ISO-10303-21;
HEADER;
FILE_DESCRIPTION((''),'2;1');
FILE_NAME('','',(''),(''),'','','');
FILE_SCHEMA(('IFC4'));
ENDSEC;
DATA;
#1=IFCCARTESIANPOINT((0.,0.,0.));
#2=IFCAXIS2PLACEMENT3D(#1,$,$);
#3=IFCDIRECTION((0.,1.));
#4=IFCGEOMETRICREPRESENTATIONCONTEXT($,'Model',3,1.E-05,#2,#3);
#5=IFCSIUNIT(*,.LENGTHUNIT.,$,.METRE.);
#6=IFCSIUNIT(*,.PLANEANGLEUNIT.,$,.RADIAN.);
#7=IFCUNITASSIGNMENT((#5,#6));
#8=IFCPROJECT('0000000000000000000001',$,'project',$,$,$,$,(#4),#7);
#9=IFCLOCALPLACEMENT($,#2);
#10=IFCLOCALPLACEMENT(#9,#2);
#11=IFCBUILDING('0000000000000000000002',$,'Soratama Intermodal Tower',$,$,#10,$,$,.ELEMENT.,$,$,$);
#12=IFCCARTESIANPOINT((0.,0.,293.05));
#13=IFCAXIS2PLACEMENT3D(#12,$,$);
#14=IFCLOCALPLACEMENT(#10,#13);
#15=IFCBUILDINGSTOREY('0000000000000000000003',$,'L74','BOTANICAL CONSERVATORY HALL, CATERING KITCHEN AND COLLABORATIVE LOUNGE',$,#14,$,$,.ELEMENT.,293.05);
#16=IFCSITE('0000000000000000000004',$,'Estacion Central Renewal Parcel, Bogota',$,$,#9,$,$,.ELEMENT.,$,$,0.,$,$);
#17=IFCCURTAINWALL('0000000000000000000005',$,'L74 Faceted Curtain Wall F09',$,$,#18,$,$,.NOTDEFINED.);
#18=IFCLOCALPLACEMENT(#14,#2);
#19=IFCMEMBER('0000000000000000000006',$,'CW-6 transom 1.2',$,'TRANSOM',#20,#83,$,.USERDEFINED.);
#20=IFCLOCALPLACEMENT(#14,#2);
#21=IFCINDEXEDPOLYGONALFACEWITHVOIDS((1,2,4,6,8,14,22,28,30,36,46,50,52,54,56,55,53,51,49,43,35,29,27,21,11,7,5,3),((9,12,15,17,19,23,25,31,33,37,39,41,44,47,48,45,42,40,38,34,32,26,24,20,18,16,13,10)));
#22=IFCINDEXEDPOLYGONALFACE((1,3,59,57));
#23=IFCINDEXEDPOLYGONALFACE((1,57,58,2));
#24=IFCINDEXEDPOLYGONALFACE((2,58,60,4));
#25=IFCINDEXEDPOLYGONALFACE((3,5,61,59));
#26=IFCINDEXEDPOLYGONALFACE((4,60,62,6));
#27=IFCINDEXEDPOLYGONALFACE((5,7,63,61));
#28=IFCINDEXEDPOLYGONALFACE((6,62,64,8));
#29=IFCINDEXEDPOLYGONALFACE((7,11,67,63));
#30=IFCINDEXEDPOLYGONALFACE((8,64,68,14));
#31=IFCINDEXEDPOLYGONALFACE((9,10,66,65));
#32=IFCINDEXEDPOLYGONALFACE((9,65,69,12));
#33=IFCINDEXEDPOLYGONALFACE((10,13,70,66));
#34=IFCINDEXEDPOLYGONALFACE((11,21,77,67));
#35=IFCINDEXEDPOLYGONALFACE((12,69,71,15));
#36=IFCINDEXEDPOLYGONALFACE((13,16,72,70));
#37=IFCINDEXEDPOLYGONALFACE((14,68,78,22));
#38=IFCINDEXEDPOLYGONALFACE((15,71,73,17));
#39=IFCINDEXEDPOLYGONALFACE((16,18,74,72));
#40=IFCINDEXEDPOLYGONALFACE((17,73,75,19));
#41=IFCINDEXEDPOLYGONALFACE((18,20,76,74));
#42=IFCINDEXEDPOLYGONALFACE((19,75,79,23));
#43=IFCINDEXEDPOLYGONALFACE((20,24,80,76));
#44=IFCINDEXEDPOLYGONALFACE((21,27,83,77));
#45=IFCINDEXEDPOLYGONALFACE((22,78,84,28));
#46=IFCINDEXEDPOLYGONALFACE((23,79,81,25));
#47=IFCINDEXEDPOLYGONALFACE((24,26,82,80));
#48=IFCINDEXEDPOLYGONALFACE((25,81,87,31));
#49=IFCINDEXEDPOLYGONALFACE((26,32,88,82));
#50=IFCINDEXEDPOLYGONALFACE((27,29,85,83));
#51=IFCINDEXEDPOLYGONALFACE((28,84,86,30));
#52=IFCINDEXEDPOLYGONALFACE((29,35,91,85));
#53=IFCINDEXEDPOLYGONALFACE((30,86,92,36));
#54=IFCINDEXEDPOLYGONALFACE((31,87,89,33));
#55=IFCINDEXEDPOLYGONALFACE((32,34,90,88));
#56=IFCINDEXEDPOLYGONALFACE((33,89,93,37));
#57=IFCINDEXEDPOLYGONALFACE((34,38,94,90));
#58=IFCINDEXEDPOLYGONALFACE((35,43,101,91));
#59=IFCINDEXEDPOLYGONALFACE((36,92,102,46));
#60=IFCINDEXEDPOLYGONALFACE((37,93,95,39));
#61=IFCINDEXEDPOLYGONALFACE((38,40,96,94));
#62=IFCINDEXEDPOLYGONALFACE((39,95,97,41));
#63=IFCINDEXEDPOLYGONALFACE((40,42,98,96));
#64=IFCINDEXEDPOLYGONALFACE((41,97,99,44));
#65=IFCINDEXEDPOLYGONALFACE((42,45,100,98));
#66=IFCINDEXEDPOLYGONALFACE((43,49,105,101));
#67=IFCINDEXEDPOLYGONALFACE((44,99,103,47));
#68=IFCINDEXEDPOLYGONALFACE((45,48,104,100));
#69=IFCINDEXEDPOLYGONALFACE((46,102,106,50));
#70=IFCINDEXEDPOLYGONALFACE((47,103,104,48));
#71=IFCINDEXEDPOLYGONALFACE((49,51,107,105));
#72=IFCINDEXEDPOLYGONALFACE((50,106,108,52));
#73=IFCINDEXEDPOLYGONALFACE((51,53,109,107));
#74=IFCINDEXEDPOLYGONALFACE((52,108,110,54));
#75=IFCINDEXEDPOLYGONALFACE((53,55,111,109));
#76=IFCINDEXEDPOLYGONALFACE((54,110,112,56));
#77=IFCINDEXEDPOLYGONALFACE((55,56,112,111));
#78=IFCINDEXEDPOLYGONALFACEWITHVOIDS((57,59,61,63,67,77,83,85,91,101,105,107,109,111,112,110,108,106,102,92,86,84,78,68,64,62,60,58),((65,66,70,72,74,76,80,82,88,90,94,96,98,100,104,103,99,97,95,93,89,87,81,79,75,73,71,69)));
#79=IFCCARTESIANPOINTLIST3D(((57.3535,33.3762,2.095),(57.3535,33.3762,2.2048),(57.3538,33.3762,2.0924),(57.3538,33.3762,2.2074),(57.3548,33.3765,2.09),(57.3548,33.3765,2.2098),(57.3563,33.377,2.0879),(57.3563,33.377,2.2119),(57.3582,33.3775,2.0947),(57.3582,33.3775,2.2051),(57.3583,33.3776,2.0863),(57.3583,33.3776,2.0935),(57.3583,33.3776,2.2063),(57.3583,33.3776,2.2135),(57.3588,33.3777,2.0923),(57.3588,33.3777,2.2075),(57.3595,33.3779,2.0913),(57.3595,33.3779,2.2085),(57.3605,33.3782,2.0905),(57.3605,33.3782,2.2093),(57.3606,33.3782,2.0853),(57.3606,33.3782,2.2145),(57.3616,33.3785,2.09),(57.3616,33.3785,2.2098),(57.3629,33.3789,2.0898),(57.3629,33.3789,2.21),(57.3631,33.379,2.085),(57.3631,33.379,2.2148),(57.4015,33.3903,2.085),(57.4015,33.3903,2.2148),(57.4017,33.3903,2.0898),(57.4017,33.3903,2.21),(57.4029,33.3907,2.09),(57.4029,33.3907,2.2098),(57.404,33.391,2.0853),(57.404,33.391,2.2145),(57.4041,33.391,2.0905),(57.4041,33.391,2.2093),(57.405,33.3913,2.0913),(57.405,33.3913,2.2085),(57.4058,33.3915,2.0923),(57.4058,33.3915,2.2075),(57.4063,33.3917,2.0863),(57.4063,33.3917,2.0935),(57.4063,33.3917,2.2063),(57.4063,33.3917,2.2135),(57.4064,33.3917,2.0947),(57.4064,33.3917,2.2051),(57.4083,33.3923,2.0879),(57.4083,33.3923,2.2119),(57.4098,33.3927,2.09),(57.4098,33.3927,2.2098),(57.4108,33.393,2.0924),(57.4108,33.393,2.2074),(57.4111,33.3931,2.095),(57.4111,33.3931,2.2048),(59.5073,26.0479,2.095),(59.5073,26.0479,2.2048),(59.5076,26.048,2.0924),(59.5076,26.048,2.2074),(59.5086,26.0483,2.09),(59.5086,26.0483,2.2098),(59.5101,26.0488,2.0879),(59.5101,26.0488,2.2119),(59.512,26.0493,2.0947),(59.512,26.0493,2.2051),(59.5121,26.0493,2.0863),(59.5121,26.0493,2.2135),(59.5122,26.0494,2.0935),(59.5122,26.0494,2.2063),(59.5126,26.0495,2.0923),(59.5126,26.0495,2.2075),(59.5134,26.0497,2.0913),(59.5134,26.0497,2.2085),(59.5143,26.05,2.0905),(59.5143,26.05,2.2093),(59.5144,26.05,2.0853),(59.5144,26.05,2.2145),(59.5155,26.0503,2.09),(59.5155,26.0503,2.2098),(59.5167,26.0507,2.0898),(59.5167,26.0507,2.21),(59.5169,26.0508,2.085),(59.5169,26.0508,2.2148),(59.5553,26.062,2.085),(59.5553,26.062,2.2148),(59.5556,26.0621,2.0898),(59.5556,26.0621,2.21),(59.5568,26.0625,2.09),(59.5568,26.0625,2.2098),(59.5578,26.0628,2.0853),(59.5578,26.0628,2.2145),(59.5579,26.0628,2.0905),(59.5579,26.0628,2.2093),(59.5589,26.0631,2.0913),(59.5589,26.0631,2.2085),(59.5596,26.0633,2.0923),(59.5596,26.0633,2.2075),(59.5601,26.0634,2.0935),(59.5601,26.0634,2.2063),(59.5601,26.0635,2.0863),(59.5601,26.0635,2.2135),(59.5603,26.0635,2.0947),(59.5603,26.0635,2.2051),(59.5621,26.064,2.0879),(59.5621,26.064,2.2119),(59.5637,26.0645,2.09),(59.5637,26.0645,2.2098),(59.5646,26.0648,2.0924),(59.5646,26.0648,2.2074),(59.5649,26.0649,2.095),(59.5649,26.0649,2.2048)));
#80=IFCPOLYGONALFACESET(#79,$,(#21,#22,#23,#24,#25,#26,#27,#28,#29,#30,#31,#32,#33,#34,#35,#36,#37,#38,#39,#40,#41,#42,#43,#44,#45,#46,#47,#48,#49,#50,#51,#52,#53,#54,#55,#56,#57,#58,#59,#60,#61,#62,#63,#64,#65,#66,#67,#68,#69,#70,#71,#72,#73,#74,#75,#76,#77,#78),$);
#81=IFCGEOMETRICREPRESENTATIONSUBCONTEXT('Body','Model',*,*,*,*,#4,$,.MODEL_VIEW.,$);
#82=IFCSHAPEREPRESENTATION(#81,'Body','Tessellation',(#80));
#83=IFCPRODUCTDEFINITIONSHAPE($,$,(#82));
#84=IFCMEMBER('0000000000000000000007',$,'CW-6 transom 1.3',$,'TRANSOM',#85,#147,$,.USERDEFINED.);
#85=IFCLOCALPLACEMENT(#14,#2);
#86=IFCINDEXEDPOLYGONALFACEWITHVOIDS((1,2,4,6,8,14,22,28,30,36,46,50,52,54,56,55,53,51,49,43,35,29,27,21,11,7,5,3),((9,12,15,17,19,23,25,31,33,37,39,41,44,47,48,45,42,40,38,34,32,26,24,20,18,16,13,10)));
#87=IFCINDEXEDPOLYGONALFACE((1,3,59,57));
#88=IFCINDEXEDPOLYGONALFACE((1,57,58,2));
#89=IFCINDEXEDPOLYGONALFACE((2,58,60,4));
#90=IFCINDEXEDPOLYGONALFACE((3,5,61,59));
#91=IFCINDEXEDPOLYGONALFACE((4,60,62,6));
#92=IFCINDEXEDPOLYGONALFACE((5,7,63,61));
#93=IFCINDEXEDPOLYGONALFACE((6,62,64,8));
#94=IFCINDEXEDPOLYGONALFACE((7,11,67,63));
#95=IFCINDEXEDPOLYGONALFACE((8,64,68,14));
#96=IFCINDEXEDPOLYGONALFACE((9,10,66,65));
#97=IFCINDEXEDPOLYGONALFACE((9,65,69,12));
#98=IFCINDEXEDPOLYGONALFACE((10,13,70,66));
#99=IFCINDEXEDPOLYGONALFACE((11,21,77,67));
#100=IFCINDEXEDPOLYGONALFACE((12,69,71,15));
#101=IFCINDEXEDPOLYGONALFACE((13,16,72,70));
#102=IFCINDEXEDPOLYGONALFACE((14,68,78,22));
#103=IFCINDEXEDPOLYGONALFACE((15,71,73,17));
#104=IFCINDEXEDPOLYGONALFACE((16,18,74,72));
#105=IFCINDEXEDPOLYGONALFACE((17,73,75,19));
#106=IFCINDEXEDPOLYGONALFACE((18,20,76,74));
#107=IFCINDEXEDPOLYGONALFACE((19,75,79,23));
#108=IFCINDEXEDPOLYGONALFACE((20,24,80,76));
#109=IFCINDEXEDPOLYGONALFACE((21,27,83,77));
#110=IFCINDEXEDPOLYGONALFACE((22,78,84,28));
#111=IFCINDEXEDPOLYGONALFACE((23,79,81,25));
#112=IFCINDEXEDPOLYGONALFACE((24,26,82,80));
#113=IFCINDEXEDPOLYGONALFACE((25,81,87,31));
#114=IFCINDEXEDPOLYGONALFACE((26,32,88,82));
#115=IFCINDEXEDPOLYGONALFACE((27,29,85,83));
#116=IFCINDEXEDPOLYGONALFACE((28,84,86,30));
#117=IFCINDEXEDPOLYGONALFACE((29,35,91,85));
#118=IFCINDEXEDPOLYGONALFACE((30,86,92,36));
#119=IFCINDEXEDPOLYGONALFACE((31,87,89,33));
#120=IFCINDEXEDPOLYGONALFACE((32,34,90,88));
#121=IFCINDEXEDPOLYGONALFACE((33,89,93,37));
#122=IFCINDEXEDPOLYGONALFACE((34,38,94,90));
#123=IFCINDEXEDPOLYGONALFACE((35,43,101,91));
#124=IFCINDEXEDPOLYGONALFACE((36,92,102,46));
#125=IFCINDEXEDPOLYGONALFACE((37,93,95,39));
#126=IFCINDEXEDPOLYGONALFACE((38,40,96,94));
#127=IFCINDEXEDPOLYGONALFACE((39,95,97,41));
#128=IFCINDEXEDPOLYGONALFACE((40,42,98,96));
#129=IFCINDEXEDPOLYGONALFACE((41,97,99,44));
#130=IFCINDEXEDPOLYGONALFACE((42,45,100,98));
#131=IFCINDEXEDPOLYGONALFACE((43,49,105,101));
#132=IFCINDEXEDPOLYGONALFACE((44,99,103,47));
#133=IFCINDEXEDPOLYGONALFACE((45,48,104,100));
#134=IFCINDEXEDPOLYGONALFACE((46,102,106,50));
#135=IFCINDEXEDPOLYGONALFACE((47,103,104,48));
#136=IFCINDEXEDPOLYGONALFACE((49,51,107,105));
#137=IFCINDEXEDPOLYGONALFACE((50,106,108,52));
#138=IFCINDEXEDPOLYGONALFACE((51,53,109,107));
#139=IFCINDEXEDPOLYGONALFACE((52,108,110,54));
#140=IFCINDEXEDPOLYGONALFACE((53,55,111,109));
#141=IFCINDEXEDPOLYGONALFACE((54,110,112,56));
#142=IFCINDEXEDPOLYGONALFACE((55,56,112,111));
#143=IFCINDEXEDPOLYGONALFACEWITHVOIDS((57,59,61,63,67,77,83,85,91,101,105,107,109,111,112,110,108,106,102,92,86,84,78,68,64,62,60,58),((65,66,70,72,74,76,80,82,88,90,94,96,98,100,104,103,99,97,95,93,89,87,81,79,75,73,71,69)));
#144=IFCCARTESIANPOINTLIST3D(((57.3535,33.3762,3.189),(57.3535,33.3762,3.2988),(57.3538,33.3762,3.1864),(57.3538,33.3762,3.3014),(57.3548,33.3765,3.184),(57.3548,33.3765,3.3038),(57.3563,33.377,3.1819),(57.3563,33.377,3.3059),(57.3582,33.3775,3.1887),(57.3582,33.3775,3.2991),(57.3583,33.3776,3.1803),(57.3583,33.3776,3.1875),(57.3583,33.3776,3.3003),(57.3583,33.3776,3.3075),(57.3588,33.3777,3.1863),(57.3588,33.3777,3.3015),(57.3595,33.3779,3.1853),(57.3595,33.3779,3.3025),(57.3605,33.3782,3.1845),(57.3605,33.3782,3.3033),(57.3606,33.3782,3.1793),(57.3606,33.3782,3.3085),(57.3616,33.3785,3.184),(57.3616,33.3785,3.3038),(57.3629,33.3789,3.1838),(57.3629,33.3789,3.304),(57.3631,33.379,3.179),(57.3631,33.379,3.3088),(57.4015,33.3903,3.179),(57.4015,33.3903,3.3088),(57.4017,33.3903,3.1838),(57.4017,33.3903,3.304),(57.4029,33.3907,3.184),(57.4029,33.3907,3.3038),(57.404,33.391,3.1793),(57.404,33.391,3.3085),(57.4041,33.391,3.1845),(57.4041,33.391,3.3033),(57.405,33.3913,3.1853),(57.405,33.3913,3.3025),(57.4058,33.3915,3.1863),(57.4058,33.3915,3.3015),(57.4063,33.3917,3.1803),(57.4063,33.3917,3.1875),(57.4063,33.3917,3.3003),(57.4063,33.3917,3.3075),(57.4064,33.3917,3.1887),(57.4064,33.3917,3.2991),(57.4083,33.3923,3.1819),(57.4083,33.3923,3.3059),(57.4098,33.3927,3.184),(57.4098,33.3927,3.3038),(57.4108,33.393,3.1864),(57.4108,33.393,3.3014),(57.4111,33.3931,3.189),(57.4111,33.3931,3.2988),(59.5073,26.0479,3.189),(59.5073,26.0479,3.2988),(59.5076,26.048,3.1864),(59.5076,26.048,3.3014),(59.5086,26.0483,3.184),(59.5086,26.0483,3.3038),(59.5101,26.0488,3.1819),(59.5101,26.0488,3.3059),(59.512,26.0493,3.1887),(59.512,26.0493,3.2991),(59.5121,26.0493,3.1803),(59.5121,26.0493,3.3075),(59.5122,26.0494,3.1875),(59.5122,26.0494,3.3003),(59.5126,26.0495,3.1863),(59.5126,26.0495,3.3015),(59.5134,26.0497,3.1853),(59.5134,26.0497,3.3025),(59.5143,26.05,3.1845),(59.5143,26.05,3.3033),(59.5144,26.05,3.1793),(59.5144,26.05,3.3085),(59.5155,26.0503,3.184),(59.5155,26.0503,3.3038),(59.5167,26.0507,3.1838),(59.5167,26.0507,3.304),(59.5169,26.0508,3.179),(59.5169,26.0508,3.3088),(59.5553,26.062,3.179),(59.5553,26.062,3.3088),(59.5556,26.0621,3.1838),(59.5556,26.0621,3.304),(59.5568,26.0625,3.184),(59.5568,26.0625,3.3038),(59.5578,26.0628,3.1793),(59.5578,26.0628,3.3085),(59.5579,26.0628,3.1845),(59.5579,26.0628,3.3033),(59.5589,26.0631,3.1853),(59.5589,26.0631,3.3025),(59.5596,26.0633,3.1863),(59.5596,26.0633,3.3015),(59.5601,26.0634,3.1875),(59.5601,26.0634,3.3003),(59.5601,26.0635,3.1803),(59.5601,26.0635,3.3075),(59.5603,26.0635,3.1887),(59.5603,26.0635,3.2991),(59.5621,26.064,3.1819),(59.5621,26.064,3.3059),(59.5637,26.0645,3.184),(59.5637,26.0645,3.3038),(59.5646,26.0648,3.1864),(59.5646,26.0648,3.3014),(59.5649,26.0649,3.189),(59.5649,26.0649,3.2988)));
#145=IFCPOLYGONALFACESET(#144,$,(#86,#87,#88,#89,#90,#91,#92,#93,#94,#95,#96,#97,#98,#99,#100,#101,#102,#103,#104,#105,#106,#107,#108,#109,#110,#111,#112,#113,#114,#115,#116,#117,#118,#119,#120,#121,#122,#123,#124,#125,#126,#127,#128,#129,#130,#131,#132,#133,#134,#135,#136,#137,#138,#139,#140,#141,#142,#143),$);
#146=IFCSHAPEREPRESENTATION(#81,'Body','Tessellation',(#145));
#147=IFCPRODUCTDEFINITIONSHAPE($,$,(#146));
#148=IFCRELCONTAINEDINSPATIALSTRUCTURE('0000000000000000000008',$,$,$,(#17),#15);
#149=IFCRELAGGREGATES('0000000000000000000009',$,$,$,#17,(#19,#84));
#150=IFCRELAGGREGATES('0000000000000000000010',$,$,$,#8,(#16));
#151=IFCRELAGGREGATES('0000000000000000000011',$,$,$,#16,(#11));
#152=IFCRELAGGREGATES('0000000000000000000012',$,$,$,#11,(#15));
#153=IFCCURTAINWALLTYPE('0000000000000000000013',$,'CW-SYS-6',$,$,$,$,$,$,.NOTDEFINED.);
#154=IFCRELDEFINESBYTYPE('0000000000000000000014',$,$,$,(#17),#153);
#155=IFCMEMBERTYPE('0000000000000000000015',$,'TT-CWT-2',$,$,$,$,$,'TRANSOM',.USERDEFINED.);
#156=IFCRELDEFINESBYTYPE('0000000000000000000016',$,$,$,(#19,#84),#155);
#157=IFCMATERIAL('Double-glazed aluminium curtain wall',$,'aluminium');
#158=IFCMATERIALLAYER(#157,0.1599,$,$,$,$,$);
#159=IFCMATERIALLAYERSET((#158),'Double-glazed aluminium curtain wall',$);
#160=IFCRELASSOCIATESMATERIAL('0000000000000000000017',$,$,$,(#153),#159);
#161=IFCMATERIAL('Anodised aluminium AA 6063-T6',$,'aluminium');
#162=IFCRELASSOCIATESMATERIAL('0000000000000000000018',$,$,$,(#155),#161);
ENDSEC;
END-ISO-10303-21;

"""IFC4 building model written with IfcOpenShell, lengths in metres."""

from ifc_helpers import new_model, si_unit, direction, frame, origin, origin_2d, place, context, subcontext, project, spatial, hollow_rectangle, extrude, material, layer, layer_set, material_profile, profile_set, type_object, element, aggregate, save


model = new_model("IFC4")

# Units and contexts
model_context = context("Model", 3, precision=1e-05, world=origin(), true_north=direction((0.0, 1.0)))
body_context = subcontext(model_context, "Body", "Model", "MODEL_VIEW")
ifc_project = project(units=[si_unit("LENGTHUNIT", "METRE"), si_unit("PLANEANGLEUNIT", "RADIAN")], contexts=[model_context])

# Site, building, storey
site_placement = place(None, origin())
site = spatial("IfcSite", under=ifc_project, at=site_placement, Name="Estacion Central Renewal Parcel, Bogota", CompositionType="ELEMENT", RefElevation=0.0)
building_placement = place(site_placement, origin())
building = spatial("IfcBuilding", under=site, at=building_placement, Name="Soratama Intermodal Tower", CompositionType="ELEMENT")
storey_placement = place(building_placement, frame((0.0, 0.0, 293.05)))
storey = spatial("IfcBuildingStorey", under=building, at=storey_placement, Name="L74", Description="BOTANICAL CONSERVATORY HALL, CATERING KITCHEN AND COLLABORATIVE LOUNGE", CompositionType="ELEMENT", Elevation=293.05)

# Shared definitions
ifc_material_1 = material(Name="Double-glazed aluminium curtain wall", Category="aluminium")
ifc_layer_1 = layer(ifc_material_1, 0.1599)
ifc_layer_set_1 = layer_set([ifc_layer_1], Name="Double-glazed aluminium curtain wall")
curtain_wall_type = type_object("IfcCurtainWallType", Name="CW-SYS-6", PredefinedType="NOTDEFINED", material=ifc_layer_set_1)

# Curtain wall
curtain_wall_1_placement = place(storey_placement, origin())
curtain_wall_1 = element("IfcCurtainWall", 1, at=curtain_wall_1_placement, inside=storey, type_object=curtain_wall_type, Name="L74 Faceted Curtain Wall F09", PredefinedType="NOTDEFINED")

# Members
ifc_material_2 = material(Name="Anodised aluminium AA 6063-T6", Category="aluminium")
ifc_material_profile_1 = material_profile(ifc_material_2, hollow_rectangle(XDim=0.0601, YDim=0.1299, WallThickness=0.0049, InnerFilletRadius=0.0049, OuterFilletRadius=0.01, at=origin_2d()), Name="CWT130X60X5")
ifc_profile_set_1 = profile_set([ifc_material_profile_1], Name="Anodised aluminium AA 6063-T6")
member_type_1 = type_object("IfcMemberType", Name="TT-CWT-2", ElementType="TRANSOM", PredefinedType="USERDEFINED", material=ifc_profile_set_1)
member_1_placement = place(storey_placement, frame((59.5361, 26.0564, 2.1499), z_axis=(-0.281983, 0.959419, 0.0), x_axis=(-0.959419, -0.281983, 0.0)))
member_1 = element("IfcMember", 2, at=member_1_placement, type_object=member_type_1, Name="CW-6 transom 1.2", ObjectType="TRANSOM", PredefinedType="USERDEFINED", context=body_context, shape_type="SweptSolid", body=[
    extrude(hollow_rectangle(XDim=0.0601, YDim=0.1299, WallThickness=0.0049, InnerFilletRadius=0.0049, OuterFilletRadius=0.01, at=origin_2d()), origin(), (0.0, 0.0, 1.0), 7.6382),
])
member_2_placement = place(storey_placement, frame((59.5361, 26.0564, 3.2439), z_axis=(-0.281983, 0.959419, 0.0), x_axis=(-0.959419, -0.281983, 0.0)))
member_2 = element("IfcMember", 3, at=member_2_placement, type_object=member_type_1, Name="CW-6 transom 1.3", ObjectType="TRANSOM", PredefinedType="USERDEFINED", context=body_context, shape_type="SweptSolid", body=[
    extrude(hollow_rectangle(XDim=0.0601, YDim=0.1299, WallThickness=0.0049, InnerFilletRadius=0.0049, OuterFilletRadius=0.01, at=origin_2d()), origin(), (0.0, 0.0, 1.0), 7.6382),
])

aggregate(curtain_wall_1, [member_1, member_2])

save(model, "model.ifc")
